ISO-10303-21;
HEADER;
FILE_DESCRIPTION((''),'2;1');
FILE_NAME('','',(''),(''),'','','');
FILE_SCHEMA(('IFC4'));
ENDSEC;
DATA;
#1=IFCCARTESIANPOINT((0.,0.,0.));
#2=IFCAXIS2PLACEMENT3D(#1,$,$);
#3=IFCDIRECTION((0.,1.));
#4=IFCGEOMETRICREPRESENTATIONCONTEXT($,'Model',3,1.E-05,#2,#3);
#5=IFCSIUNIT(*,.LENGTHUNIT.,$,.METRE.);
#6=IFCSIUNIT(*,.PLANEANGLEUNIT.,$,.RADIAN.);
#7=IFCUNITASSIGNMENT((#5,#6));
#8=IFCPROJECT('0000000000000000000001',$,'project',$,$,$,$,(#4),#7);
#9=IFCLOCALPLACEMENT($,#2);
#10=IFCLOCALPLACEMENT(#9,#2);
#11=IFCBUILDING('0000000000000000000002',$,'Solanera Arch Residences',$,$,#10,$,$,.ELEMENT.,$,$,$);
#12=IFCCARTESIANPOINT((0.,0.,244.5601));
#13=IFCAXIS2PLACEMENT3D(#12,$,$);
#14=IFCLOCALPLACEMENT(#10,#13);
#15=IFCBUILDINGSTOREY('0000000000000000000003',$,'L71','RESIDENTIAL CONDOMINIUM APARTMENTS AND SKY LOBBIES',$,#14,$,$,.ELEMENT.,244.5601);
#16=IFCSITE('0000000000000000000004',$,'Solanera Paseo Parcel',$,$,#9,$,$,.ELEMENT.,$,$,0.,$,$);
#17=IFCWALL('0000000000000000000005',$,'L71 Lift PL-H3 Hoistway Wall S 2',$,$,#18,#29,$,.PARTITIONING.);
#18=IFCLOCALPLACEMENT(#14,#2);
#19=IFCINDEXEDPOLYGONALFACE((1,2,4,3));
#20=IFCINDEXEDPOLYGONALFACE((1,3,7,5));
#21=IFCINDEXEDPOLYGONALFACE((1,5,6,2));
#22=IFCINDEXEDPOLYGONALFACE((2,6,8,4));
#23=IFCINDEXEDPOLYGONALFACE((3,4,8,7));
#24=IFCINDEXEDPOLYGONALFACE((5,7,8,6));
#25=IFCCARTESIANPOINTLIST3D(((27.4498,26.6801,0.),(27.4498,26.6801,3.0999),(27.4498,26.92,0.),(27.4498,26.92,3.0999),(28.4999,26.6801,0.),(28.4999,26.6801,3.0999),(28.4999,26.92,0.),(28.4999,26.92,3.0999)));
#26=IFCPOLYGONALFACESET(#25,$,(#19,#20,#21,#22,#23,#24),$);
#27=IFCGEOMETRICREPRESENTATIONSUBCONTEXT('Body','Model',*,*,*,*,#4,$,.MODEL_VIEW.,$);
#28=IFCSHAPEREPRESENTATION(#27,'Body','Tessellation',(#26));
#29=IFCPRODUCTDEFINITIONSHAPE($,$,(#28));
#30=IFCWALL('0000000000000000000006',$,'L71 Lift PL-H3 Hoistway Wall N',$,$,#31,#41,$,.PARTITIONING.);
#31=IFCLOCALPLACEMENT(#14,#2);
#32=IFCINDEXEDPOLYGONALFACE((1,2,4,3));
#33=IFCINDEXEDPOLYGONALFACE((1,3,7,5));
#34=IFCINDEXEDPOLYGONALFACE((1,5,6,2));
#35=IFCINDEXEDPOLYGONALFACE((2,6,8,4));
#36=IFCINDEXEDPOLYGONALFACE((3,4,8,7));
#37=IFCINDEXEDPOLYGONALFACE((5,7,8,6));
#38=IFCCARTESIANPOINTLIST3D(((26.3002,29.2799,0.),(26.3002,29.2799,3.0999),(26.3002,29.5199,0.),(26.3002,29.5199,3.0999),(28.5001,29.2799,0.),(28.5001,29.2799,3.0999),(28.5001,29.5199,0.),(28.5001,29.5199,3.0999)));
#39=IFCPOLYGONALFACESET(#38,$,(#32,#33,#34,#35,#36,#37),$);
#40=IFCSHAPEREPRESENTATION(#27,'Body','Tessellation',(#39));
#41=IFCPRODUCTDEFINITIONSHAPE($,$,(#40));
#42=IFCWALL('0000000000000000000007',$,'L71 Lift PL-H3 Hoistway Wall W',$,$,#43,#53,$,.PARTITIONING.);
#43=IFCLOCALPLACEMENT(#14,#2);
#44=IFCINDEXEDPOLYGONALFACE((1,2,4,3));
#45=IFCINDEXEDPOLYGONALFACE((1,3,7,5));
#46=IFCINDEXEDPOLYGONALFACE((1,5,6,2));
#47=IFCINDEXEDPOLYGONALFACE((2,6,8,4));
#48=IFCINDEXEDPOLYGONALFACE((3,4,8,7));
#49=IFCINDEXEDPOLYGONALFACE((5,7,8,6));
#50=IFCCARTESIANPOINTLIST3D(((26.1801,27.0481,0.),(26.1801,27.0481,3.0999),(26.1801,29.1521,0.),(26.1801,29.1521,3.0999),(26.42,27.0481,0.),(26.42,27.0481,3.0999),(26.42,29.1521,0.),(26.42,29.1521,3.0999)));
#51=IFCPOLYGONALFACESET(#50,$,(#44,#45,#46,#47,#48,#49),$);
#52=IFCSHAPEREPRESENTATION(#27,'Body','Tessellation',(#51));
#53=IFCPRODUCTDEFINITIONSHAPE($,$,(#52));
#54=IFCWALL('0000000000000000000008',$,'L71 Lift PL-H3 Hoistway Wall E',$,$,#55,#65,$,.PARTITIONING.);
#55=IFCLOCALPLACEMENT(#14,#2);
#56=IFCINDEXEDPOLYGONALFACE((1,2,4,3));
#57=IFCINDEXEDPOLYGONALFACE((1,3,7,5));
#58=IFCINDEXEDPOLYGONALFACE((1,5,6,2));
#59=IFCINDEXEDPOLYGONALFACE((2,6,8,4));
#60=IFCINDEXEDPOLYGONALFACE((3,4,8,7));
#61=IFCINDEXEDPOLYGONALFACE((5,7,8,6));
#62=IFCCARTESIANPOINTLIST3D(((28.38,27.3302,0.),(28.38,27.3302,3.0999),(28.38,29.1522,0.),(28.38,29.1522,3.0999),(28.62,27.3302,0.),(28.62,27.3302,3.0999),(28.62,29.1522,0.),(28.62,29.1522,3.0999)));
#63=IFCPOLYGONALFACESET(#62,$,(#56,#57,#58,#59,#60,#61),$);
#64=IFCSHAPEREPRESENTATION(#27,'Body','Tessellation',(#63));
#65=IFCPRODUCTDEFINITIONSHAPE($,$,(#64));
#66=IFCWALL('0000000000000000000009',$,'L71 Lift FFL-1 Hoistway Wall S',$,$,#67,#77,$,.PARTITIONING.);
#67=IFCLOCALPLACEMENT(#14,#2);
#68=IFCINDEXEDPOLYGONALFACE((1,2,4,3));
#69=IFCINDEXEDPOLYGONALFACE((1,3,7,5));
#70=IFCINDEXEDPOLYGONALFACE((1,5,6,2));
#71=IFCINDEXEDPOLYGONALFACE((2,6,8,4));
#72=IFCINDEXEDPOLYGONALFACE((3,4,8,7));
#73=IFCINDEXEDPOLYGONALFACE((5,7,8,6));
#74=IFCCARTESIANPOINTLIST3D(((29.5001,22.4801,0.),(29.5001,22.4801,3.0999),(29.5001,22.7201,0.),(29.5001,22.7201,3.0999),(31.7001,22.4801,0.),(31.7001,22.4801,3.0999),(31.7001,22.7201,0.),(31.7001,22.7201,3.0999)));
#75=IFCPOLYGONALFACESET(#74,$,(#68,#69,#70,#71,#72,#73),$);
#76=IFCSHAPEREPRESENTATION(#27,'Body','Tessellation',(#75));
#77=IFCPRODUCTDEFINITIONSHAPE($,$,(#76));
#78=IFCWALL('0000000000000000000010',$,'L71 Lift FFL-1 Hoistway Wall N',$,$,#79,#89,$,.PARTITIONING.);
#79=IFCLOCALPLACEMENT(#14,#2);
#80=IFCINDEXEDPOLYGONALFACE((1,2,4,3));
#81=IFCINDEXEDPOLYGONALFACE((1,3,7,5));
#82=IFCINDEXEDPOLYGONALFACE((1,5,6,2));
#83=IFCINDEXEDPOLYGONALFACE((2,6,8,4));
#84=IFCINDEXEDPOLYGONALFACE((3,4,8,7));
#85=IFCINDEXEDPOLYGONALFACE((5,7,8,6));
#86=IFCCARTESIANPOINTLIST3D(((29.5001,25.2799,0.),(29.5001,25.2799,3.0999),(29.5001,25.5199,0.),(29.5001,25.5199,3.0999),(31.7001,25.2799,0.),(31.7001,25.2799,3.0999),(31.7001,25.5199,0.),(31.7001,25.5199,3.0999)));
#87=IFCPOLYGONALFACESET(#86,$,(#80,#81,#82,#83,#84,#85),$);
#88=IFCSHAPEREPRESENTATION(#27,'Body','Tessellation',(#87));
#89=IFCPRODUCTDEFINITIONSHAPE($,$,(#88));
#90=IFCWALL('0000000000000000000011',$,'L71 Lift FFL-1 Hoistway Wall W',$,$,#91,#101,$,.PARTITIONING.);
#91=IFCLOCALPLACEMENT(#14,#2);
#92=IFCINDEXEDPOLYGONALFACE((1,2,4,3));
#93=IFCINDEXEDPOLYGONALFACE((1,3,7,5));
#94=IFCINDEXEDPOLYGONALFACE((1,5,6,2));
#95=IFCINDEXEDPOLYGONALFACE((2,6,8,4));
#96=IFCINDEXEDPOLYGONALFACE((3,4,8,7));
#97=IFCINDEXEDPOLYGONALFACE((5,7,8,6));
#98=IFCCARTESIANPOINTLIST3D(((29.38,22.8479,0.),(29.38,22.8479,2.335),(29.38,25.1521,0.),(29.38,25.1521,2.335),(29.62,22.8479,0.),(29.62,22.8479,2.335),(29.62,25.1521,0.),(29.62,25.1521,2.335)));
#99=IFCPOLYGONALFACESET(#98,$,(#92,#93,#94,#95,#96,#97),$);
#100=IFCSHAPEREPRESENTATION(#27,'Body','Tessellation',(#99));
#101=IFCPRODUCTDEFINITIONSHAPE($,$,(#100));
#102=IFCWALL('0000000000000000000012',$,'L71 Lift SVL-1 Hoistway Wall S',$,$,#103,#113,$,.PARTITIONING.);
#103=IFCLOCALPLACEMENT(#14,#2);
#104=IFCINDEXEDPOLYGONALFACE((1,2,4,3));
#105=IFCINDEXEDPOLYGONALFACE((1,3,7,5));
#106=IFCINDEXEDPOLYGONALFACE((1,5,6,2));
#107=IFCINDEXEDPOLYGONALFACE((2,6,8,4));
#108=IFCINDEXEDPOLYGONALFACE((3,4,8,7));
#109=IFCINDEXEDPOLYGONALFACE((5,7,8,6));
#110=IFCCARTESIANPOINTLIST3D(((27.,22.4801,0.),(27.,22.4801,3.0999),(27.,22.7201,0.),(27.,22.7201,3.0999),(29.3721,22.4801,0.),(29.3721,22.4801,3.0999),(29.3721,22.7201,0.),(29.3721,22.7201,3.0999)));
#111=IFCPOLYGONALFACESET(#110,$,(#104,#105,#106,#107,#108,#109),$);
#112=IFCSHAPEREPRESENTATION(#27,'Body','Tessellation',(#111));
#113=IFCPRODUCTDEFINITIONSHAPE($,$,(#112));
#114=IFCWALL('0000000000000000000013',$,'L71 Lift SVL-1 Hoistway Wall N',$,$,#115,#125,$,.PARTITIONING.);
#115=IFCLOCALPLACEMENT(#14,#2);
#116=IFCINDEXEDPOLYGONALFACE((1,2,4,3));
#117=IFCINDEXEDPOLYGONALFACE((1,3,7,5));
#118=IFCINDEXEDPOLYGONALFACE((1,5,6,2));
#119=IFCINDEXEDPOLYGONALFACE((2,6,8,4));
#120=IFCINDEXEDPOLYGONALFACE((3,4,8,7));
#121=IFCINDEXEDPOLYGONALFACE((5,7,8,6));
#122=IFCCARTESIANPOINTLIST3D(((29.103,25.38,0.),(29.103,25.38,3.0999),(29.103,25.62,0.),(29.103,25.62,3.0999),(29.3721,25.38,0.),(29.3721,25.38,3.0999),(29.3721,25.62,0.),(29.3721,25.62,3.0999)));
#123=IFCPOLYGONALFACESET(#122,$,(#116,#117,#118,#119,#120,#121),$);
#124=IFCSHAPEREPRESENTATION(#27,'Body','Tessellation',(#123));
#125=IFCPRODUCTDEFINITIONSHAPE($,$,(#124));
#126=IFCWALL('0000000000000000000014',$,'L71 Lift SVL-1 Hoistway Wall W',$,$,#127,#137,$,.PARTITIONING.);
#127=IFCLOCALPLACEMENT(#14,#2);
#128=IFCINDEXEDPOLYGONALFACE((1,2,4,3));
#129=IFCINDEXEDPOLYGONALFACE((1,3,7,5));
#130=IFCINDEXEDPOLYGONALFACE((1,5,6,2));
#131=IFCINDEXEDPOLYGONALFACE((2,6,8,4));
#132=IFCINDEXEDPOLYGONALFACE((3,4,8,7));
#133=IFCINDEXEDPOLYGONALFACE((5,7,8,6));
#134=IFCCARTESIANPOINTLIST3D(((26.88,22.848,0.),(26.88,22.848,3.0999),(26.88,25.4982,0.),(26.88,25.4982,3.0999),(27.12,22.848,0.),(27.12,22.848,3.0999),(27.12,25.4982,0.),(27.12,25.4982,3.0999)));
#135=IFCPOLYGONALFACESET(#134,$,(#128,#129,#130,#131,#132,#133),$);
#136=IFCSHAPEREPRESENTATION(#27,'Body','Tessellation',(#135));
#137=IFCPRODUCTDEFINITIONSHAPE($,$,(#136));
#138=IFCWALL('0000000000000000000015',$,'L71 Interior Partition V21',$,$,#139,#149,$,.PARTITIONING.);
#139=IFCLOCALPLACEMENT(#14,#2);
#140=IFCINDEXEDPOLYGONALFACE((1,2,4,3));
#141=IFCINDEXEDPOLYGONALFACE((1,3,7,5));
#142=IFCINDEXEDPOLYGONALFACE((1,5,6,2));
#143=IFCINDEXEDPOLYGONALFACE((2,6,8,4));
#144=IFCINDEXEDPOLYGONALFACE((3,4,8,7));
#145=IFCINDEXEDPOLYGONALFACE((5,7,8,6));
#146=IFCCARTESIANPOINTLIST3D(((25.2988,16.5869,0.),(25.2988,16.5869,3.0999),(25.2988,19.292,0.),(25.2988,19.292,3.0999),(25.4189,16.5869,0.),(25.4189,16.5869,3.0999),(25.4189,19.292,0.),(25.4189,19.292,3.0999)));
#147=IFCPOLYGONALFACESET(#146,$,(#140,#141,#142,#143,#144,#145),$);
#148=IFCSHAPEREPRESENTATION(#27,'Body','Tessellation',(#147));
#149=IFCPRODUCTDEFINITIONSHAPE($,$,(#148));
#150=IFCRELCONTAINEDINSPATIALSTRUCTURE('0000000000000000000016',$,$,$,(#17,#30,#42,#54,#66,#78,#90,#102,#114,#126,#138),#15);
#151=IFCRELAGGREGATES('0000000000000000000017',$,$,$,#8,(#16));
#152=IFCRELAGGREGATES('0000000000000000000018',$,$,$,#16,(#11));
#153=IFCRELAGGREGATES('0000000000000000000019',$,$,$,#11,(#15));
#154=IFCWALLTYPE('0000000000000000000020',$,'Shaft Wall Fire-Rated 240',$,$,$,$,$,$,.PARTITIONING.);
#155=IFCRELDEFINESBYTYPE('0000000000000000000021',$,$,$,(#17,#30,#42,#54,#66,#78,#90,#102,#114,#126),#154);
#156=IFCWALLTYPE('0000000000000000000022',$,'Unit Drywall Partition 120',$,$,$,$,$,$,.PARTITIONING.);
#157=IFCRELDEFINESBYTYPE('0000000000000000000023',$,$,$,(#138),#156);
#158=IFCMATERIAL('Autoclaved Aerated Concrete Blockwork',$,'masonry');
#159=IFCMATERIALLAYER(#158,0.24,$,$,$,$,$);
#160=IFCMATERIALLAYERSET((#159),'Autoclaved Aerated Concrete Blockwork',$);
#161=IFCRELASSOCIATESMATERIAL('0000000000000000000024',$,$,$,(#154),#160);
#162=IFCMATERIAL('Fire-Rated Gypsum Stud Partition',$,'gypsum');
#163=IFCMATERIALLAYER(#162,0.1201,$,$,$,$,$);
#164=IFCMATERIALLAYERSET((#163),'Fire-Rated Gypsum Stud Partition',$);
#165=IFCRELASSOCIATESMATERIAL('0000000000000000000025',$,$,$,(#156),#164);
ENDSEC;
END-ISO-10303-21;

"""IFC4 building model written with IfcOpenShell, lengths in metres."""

from ifc_helpers import new_model, si_unit, direction, frame, frame_2d, origin, place, context, subcontext, project, spatial, rectangle, extrude, material, layer, layer_set, type_object, element, save


model = new_model("IFC4")

# Units and contexts
model_context = context("Model", 3, precision=1e-05, world=origin(), true_north=direction((0.0, 1.0)))
body_context = subcontext(model_context, "Body", "Model", "MODEL_VIEW")
ifc_project = project(units=[si_unit("LENGTHUNIT", "METRE"), si_unit("PLANEANGLEUNIT", "RADIAN")], contexts=[model_context])

# Site, building, storey
site_placement = place(None, origin())
site = spatial("IfcSite", under=ifc_project, at=site_placement, Name="Solanera Paseo Parcel", CompositionType="ELEMENT", RefElevation=0.0)
building_placement = place(site_placement, origin())
building = spatial("IfcBuilding", under=site, at=building_placement, Name="Solanera Arch Residences", CompositionType="ELEMENT")
storey_placement = place(building_placement, frame((0.0, 0.0, 244.5601)))
storey = spatial("IfcBuildingStorey", under=building, at=storey_placement, Name="L71", Description="RESIDENTIAL CONDOMINIUM APARTMENTS AND SKY LOBBIES", CompositionType="ELEMENT", Elevation=244.5601)

# Walls
ifc_material_1 = material(Name="Autoclaved Aerated Concrete Blockwork", Category="masonry")
ifc_layer_1 = layer(ifc_material_1, 0.24)
ifc_layer_set_1 = layer_set([ifc_layer_1], Name="Autoclaved Aerated Concrete Blockwork")
wall_type_1 = type_object("IfcWallType", Name="Shaft Wall Fire-Rated 240", PredefinedType="PARTITIONING", material=ifc_layer_set_1)
wall_1_placement = place(storey_placement, frame((27.45, 26.8, 0.0), z_axis=(0.0, 0.0, 1.0), x_axis=(1.0, 0.0, 0.0)))
element("IfcWall", 1, at=wall_1_placement, inside=storey, type_object=wall_type_1, Name="L71 Lift PL-H3 Hoistway Wall S 2", PredefinedType="PARTITIONING", context=body_context, shape_type="SweptSolid", body=[
    extrude(rectangle(XDim=1.05, YDim=0.24, at=frame_2d((0.5249, 0.0))), origin(), (0.0, 0.0, 1.0), 3.0999),
])
wall_2_placement = place(storey_placement, frame((26.3, 29.3999, 0.0), z_axis=(0.0, 0.0, 1.0), x_axis=(1.0, 0.0, 0.0)))
element("IfcWall", 2, at=wall_2_placement, inside=storey, type_object=wall_type_1, Name="L71 Lift PL-H3 Hoistway Wall N", PredefinedType="PARTITIONING", context=body_context, shape_type="SweptSolid", body=[
    extrude(rectangle(XDim=2.2, YDim=0.24, at=frame_2d((1.1001, 0.0))), origin(), (0.0, 0.0, 1.0), 3.0999),
])
wall_3_placement = place(storey_placement, frame((26.3, 27.0481, 0.0), z_axis=(0.0, 0.0, 1.0), x_axis=(0.0, 1.0, 0.0)))
element("IfcWall", 3, at=wall_3_placement, inside=storey, type_object=wall_type_1, Name="L71 Lift PL-H3 Hoistway Wall W", PredefinedType="PARTITIONING", context=body_context, shape_type="SweptSolid", body=[
    extrude(rectangle(XDim=2.104, YDim=0.24, at=frame_2d((1.052, 0.0))), origin(), (0.0, 0.0, 1.0), 3.0999),
])
wall_4_placement = place(storey_placement, frame((28.5, 27.3301, 0.0), z_axis=(0.0, 0.0, 1.0), x_axis=(0.0, 1.0, 0.0)))
element("IfcWall", 4, at=wall_4_placement, inside=storey, type_object=wall_type_1, Name="L71 Lift PL-H3 Hoistway Wall E", PredefinedType="PARTITIONING", context=body_context, shape_type="SweptSolid", body=[
    extrude(rectangle(XDim=1.822, YDim=0.24, at=frame_2d((0.9111, 0.0))), origin(), (0.0, 0.0, 1.0), 3.0999),
])
for number, where, z_axis, x_axis, name in (
    (5, (29.5, 22.6001, 0.0), (0.0, 0.0, 1.0), (1.0, 0.0, 0.0), "L71 Lift FFL-1 Hoistway Wall S"),
    (6, (29.5, 25.3999, 0.0), (0.0, 0.0, 1.0), (1.0, 0.0, 0.0), "L71 Lift FFL-1 Hoistway Wall N"),
):
    element("IfcWall", number, at=place(storey_placement, frame(where, z_axis=z_axis, x_axis=x_axis)), inside=storey, type_object=wall_type_1, Name=name, PredefinedType="PARTITIONING", context=body_context, shape_type="SweptSolid", body=[
        extrude(rectangle(XDim=2.2, YDim=0.24, at=frame_2d((1.1001, 0.0))), origin(), (0.0, 0.0, 1.0), 3.0999),
    ])
wall_5_placement = place(storey_placement, frame((29.5, 22.8479, 0.0), z_axis=(0.0, 0.0, 1.0), x_axis=(0.0, 1.0, 0.0)))
element("IfcWall", 7, at=wall_5_placement, inside=storey, type_object=wall_type_1, Name="L71 Lift FFL-1 Hoistway Wall W", PredefinedType="PARTITIONING", context=body_context, shape_type="SweptSolid", body=[
    extrude(rectangle(XDim=2.3042, YDim=0.24, at=frame_2d((1.1521, 0.0))), origin(), (0.0, 0.0, 1.0), 2.335),
])
wall_6_placement = place(storey_placement, frame((27.0, 22.6001, 0.0), z_axis=(0.0, 0.0, 1.0), x_axis=(1.0, 0.0, 0.0)))
element("IfcWall", 8, at=wall_6_placement, inside=storey, type_object=wall_type_1, Name="L71 Lift SVL-1 Hoistway Wall S", PredefinedType="PARTITIONING", context=body_context, shape_type="SweptSolid", body=[
    extrude(rectangle(XDim=2.3721, YDim=0.24, at=frame_2d((1.186, 0.0))), origin(), (0.0, 0.0, 1.0), 3.0999),
])
wall_7_placement = place(storey_placement, frame((29.103, 25.5, 0.0), z_axis=(0.0, 0.0, 1.0), x_axis=(1.0, 0.0, 0.0)))
element("IfcWall", 9, at=wall_7_placement, inside=storey, type_object=wall_type_1, Name="L71 Lift SVL-1 Hoistway Wall N", PredefinedType="PARTITIONING", context=body_context, shape_type="SweptSolid", body=[
    extrude(rectangle(XDim=0.269, YDim=0.24, at=frame_2d((0.1345, 0.0))), origin(), (0.0, 0.0, 1.0), 3.0999),
])
wall_8_placement = place(storey_placement, frame((27.0, 22.8479, 0.0), z_axis=(0.0, 0.0, 1.0), x_axis=(0.0, 1.0, 0.0)))
element("IfcWall", 10, at=wall_8_placement, inside=storey, type_object=wall_type_1, Name="L71 Lift SVL-1 Hoistway Wall W", PredefinedType="PARTITIONING", context=body_context, shape_type="SweptSolid", body=[
    extrude(rectangle(XDim=2.6501, YDim=0.24, at=frame_2d((1.3252, 0.0))), origin(), (0.0, 0.0, 1.0), 3.0999),
])
ifc_material_2 = material(Name="Fire-Rated Gypsum Stud Partition", Category="gypsum")
ifc_layer_2 = layer(ifc_material_2, 0.1201)
ifc_layer_set_2 = layer_set([ifc_layer_2], Name="Fire-Rated Gypsum Stud Partition")
wall_type_2 = type_object("IfcWallType", Name="Unit Drywall Partition 120", PredefinedType="PARTITIONING", material=ifc_layer_set_2)
wall_9_placement = place(storey_placement, frame((25.3589, 16.5869, 0.0), z_axis=(0.0, 0.0, 1.0), x_axis=(0.0, 1.0, 0.0)))
element("IfcWall", 11, at=wall_9_placement, inside=storey, type_object=wall_type_2, Name="L71 Interior Partition V21", PredefinedType="PARTITIONING", context=body_context, shape_type="SweptSolid", body=[
    extrude(rectangle(XDim=2.7051, YDim=0.1201, at=frame_2d((1.3525, 0.0))), origin(), (0.0, 0.0, 1.0), 3.0999),
])

save(model, "model.ifc")
